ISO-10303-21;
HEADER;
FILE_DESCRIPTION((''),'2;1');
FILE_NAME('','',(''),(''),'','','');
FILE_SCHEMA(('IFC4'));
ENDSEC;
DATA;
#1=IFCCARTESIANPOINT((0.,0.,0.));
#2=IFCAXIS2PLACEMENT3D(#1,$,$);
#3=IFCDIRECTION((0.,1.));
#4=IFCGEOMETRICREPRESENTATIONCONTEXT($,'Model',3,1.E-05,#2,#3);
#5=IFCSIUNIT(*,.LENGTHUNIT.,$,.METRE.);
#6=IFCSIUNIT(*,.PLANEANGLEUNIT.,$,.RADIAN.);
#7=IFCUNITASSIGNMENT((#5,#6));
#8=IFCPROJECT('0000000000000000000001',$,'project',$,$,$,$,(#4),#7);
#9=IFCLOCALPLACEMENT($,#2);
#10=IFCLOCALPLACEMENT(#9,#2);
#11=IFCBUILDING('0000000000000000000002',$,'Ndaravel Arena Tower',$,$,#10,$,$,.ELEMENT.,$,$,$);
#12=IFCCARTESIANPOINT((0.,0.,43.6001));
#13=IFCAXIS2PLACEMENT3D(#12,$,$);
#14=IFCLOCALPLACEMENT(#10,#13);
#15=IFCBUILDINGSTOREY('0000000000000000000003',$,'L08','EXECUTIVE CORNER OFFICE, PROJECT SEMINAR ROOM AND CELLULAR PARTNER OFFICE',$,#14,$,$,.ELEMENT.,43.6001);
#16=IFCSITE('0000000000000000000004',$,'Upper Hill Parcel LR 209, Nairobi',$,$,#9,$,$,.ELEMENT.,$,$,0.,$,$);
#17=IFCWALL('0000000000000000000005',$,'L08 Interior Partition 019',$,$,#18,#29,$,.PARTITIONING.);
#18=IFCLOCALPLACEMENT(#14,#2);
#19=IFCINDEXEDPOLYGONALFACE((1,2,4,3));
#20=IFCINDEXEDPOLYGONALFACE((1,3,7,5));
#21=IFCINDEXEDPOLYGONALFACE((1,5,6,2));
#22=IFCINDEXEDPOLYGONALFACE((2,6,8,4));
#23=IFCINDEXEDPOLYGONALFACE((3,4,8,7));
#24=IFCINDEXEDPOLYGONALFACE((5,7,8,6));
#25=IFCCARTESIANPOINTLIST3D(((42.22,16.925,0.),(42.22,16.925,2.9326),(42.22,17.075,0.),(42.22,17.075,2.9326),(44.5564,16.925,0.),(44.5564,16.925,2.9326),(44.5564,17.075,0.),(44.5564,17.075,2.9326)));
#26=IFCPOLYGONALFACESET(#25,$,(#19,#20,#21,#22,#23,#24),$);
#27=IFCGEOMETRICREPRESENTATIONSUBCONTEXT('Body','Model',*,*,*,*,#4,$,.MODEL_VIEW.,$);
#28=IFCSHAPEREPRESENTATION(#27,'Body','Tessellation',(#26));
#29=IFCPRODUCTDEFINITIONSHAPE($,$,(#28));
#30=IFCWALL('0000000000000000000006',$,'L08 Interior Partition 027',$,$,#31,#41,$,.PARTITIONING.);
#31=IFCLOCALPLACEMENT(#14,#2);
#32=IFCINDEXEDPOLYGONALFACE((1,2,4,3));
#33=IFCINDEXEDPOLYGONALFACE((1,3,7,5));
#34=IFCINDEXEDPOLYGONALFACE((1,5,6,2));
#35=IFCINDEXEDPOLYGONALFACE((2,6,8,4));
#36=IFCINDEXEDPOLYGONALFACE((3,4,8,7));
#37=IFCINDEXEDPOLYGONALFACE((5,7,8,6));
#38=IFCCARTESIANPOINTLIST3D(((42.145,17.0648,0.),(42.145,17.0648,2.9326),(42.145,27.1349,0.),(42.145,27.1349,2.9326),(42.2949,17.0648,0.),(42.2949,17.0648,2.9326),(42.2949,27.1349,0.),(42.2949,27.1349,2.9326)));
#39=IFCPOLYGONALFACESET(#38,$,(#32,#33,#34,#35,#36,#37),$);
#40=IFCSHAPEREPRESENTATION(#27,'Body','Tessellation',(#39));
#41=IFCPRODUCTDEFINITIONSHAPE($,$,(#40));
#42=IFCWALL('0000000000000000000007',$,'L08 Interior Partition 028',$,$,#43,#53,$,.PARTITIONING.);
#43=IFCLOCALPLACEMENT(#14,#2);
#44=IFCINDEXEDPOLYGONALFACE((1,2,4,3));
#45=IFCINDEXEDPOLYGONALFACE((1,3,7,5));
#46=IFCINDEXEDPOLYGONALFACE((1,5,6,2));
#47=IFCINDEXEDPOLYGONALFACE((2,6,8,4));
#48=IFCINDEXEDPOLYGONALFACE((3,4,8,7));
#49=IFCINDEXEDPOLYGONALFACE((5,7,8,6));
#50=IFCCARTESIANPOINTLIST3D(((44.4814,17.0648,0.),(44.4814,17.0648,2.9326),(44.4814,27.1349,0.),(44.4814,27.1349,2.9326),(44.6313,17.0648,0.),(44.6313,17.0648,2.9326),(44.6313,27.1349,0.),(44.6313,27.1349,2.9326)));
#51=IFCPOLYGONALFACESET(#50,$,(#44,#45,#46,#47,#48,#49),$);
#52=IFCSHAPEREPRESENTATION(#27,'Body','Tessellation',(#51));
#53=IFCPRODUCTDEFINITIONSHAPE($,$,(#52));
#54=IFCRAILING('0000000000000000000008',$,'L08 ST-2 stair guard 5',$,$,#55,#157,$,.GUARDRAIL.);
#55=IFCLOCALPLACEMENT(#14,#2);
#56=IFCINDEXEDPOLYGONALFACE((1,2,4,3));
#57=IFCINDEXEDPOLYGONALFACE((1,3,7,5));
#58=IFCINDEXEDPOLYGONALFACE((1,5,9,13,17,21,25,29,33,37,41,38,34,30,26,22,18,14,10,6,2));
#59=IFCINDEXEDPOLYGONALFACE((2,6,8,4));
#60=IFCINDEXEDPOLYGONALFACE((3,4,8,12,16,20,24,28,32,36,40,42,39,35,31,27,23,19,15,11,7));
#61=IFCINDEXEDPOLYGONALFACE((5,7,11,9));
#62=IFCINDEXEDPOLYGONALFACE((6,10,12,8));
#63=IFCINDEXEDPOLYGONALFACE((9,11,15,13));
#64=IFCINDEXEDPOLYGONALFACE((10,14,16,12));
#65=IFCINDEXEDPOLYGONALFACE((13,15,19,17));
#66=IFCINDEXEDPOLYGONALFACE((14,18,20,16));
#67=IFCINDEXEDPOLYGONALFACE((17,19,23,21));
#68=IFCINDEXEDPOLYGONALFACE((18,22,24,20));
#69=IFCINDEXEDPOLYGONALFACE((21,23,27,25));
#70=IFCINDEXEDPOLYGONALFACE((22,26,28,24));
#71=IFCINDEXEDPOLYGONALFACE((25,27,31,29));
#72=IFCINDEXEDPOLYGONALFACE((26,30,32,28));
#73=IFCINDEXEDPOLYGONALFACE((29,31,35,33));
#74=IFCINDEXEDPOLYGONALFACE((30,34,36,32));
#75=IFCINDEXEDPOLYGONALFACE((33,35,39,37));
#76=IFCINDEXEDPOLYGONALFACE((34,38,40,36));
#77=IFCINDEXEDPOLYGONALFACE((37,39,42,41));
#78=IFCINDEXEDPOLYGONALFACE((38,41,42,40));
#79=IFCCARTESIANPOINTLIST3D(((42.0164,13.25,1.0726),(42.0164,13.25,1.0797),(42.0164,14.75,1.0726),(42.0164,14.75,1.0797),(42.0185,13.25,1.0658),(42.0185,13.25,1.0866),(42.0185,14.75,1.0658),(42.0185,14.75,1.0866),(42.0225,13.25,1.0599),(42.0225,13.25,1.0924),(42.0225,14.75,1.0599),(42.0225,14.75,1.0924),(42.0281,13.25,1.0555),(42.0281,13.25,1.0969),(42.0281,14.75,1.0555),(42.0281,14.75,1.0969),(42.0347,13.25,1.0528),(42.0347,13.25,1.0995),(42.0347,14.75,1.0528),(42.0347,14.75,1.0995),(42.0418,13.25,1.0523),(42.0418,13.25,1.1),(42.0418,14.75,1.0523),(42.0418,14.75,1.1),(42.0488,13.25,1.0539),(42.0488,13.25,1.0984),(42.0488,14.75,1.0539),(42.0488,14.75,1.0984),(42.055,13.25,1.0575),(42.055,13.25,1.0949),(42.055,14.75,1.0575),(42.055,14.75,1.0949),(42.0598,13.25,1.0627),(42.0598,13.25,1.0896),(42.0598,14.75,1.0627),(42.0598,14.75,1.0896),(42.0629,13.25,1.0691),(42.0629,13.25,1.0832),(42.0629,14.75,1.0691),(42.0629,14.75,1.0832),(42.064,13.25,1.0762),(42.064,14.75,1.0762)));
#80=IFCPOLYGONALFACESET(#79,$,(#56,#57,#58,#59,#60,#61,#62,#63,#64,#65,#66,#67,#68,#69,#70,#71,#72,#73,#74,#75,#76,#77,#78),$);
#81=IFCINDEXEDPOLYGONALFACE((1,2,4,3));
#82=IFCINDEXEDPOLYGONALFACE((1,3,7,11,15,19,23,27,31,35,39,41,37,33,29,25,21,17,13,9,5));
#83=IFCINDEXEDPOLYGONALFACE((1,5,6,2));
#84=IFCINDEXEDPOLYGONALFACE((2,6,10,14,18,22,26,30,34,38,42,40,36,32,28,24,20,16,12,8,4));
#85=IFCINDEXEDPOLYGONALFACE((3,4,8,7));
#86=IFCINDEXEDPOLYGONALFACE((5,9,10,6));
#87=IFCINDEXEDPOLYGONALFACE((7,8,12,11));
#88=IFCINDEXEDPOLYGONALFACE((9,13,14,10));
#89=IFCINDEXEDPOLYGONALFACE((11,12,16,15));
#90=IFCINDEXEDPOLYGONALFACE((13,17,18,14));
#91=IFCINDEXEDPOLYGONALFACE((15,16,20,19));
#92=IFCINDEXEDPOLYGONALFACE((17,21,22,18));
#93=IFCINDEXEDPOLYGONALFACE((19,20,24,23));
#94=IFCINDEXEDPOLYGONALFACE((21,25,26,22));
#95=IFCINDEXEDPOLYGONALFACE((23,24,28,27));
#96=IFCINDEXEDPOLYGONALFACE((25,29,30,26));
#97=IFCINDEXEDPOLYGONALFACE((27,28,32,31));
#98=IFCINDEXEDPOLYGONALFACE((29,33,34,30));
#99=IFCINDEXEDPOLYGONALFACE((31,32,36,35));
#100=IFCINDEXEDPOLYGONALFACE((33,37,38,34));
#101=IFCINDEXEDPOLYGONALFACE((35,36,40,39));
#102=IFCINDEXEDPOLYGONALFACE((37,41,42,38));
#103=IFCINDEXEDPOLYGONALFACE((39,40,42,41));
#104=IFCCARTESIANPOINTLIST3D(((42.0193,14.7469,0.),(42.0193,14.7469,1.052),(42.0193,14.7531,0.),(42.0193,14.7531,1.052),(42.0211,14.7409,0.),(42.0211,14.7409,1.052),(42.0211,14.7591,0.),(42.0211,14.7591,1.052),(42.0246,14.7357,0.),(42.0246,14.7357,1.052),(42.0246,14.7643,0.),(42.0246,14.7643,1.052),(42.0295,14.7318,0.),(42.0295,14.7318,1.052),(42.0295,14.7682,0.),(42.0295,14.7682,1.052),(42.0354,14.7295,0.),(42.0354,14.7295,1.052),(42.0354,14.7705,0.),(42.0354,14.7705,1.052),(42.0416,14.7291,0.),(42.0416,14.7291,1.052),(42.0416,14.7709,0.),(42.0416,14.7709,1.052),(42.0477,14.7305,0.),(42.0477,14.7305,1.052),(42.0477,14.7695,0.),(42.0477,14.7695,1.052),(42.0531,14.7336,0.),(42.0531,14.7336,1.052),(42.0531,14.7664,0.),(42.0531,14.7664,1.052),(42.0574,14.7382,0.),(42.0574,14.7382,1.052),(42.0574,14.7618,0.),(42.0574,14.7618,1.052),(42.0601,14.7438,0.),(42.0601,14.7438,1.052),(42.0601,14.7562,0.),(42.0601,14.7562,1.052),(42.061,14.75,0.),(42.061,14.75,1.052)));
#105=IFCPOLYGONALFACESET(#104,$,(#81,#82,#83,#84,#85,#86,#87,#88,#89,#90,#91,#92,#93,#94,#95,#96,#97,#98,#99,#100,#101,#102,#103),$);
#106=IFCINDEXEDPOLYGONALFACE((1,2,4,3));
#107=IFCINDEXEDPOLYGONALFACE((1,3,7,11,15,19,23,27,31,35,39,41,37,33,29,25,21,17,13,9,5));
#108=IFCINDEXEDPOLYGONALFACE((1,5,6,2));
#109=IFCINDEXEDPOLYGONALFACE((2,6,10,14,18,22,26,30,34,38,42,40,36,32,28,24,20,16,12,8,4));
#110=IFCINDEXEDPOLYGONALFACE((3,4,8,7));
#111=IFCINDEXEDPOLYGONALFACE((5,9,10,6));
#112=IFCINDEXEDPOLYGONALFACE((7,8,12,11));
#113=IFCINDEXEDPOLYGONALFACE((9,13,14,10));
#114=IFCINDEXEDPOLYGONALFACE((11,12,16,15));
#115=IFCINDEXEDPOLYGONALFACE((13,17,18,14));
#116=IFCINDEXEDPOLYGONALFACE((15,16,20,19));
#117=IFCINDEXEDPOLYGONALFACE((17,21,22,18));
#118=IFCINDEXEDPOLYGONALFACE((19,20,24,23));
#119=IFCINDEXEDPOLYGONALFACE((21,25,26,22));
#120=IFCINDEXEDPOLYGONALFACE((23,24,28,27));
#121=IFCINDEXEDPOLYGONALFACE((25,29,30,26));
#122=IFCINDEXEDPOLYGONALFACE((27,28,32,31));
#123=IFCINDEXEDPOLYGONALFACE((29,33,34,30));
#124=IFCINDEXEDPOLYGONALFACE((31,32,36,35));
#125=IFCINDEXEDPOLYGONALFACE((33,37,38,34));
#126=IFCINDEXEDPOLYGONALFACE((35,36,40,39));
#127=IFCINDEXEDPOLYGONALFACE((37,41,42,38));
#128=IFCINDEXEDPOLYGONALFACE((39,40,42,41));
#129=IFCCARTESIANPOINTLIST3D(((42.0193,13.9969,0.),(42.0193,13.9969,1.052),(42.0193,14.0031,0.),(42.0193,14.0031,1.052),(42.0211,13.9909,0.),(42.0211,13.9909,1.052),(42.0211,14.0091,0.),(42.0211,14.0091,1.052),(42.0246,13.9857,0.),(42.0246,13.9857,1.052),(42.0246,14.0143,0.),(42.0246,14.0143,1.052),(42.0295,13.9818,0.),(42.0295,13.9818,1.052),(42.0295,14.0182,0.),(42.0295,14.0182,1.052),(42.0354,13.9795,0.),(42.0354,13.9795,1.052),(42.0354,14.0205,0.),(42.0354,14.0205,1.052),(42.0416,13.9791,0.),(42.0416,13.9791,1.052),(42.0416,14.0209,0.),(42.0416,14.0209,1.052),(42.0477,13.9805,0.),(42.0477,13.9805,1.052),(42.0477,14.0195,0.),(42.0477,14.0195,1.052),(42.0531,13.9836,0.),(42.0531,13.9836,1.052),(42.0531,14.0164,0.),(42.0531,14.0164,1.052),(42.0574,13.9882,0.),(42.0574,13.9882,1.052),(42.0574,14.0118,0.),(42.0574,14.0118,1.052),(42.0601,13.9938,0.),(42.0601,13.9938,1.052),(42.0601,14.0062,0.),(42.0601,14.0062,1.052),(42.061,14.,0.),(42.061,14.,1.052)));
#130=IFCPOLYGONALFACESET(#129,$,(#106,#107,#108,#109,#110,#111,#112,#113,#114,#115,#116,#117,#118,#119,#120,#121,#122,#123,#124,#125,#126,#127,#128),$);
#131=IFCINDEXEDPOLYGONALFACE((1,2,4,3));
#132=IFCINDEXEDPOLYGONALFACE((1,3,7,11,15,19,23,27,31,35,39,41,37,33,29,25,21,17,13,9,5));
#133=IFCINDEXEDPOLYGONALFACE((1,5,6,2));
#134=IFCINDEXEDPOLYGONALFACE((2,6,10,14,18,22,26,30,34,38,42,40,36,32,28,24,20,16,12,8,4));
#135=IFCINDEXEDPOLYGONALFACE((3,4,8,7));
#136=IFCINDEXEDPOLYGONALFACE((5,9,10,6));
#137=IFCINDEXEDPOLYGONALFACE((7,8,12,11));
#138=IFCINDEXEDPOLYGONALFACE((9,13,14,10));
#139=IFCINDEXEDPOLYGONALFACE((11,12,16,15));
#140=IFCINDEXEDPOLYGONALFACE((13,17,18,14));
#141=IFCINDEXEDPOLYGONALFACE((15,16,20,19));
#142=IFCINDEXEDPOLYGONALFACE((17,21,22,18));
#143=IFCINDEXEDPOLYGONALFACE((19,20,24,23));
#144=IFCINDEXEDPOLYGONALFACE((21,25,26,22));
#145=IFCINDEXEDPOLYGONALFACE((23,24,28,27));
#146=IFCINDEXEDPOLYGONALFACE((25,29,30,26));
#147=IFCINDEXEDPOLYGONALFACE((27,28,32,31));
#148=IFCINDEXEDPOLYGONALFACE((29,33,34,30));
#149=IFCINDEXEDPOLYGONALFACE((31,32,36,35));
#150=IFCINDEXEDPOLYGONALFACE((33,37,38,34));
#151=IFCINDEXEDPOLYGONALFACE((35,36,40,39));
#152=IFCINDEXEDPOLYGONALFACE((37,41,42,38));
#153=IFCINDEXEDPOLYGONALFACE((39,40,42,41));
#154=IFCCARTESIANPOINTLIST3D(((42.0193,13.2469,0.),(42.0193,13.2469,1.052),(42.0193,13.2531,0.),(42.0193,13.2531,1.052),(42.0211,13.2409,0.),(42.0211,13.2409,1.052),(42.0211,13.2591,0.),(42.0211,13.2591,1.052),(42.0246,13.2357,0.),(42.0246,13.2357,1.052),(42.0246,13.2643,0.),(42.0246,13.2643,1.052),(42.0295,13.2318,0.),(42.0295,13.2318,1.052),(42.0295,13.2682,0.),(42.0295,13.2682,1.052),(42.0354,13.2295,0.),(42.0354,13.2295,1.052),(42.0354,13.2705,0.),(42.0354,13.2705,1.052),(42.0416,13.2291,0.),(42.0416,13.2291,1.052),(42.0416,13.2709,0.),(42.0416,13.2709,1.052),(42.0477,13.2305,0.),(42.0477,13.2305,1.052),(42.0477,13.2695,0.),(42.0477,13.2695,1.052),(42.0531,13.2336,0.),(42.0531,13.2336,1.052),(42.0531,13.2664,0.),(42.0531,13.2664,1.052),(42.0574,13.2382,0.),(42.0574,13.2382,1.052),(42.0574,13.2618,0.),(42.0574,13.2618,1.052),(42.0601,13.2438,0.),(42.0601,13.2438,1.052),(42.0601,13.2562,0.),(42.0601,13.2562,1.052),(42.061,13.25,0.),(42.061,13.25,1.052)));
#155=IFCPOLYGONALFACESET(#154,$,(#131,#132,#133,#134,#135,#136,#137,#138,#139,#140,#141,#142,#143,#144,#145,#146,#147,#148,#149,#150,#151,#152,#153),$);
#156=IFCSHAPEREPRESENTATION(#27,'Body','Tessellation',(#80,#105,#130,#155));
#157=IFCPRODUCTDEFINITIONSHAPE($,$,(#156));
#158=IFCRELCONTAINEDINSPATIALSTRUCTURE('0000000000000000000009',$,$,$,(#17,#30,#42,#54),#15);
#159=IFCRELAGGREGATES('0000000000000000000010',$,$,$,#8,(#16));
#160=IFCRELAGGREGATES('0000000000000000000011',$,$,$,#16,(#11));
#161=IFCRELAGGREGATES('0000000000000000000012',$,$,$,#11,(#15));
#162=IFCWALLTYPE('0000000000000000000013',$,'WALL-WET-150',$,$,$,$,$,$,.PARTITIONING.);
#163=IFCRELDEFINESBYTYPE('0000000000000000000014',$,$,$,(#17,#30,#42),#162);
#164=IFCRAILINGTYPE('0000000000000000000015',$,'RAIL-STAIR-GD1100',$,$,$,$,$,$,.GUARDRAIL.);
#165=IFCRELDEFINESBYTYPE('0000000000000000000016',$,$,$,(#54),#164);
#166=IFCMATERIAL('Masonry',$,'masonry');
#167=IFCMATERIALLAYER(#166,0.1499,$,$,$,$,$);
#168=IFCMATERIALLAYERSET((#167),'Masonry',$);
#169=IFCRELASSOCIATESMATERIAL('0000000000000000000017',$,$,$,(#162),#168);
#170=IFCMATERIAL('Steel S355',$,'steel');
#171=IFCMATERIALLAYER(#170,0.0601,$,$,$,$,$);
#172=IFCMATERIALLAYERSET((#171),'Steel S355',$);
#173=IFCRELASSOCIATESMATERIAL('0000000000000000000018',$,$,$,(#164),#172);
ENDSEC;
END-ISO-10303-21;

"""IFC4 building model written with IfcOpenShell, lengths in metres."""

from ifc_helpers import new_model, si_unit, direction, frame, frame_2d, origin, origin_2d, place, context, subcontext, project, spatial, rectangle, circle, extrude, material, layer, layer_set, type_object, element, save


model = new_model("IFC4")

# Units and contexts
model_context = context("Model", 3, precision=1e-05, world=origin(), true_north=direction((0.0, 1.0)))
body_context = subcontext(model_context, "Body", "Model", "MODEL_VIEW")
ifc_project = project(units=[si_unit("LENGTHUNIT", "METRE"), si_unit("PLANEANGLEUNIT", "RADIAN")], contexts=[model_context])

# Site, building, storey
site_placement = place(None, origin())
site = spatial("IfcSite", under=ifc_project, at=site_placement, Name="Upper Hill Parcel LR 209, Nairobi", CompositionType="ELEMENT", RefElevation=0.0)
building_placement = place(site_placement, origin())
building = spatial("IfcBuilding", under=site, at=building_placement, Name="Ndaravel Arena Tower", CompositionType="ELEMENT")
storey_placement = place(building_placement, frame((0.0, 0.0, 43.6001)))
storey = spatial("IfcBuildingStorey", under=building, at=storey_placement, Name="L08", Description="EXECUTIVE CORNER OFFICE, PROJECT SEMINAR ROOM AND CELLULAR PARTNER OFFICE", CompositionType="ELEMENT", Elevation=43.6001)

# Shared definitions
ifc_material_1 = material(Name="Masonry", Category="masonry")
ifc_layer_1 = layer(ifc_material_1, 0.1499)
ifc_layer_set_1 = layer_set([ifc_layer_1], Name="Masonry")
wall_type_1 = type_object("IfcWallType", Name="WALL-WET-150", PredefinedType="PARTITIONING", material=ifc_layer_set_1)

# Walls
wall_1_placement = place(storey_placement, frame((42.22, 17.0, 0.0), z_axis=(0.0, 0.0, 1.0), x_axis=(1.0, 0.0, 0.0)))
element("IfcWall", 1, at=wall_1_placement, inside=storey, type_object=wall_type_1, Name="L08 Interior Partition 019", PredefinedType="PARTITIONING", context=body_context, shape_type="SweptSolid", body=[
    extrude(rectangle(XDim=2.3364, YDim=0.1499, at=frame_2d((1.1682, 0.0))), origin(), (0.0, 0.0, 1.0), 2.9326),
])
for number, where, z_axis, x_axis, name in (
    (2, (42.22, 27.135, 0.0), (0.0, 0.0, 1.0), (0.0, -1.0, 0.0), "L08 Interior Partition 027"),
    (3, (44.5564, 27.135, 0.0), (0.0, 0.0, 1.0), (0.0, -1.0, 0.0), "L08 Interior Partition 028"),
):
    element("IfcWall", number, at=place(storey_placement, frame(where, z_axis=z_axis, x_axis=x_axis)), inside=storey, type_object=wall_type_1, Name=name, PredefinedType="PARTITIONING", context=body_context, shape_type="SweptSolid", body=[
        extrude(rectangle(XDim=10.0701, YDim=0.1499, at=frame_2d((5.0352, 0.0))), origin(), (0.0, 0.0, 1.0), 2.9326),
    ])

# Railing
ifc_material_2 = material(Name="Steel S355", Category="steel")
ifc_layer_2 = layer(ifc_material_2, 0.0601)
ifc_layer_set_2 = layer_set([ifc_layer_2], Name="Steel S355")
railing_type = type_object("IfcRailingType", Name="RAIL-STAIR-GD1100", PredefinedType="GUARDRAIL", material=ifc_layer_set_2)
for number, where, name in (
    (4, (42.04, 14.75, 0.0), "L08 ST-2 stair guard 5"),
):
    element("IfcRailing", number, at=place(storey_placement, frame(where)), inside=storey, type_object=railing_type, Name=name, PredefinedType="GUARDRAIL", context=body_context, shape_type="SweptSolid", body=[
        extrude(circle(Radius=0.0239, at=origin_2d()), frame((0.0, 0.0, 1.0762), z_axis=(0.0, -1.0, 0.0), x_axis=(1.0, 0.0, 0.0)), (0.0, 0.0, 1.0), 1.5),
        extrude(circle(Radius=0.021, at=origin_2d()), origin(), (0.0, 0.0, 1.0), 1.052),
        extrude(circle(Radius=0.021, at=origin_2d()), frame((0.0, -0.75, 0.0)), (0.0, 0.0, 1.0), 1.052),
        extrude(circle(Radius=0.021, at=origin_2d()), frame((0.0, -1.5, 0.0)), (0.0, 0.0, 1.0), 1.052),
    ])

save(model, "model.ifc")
